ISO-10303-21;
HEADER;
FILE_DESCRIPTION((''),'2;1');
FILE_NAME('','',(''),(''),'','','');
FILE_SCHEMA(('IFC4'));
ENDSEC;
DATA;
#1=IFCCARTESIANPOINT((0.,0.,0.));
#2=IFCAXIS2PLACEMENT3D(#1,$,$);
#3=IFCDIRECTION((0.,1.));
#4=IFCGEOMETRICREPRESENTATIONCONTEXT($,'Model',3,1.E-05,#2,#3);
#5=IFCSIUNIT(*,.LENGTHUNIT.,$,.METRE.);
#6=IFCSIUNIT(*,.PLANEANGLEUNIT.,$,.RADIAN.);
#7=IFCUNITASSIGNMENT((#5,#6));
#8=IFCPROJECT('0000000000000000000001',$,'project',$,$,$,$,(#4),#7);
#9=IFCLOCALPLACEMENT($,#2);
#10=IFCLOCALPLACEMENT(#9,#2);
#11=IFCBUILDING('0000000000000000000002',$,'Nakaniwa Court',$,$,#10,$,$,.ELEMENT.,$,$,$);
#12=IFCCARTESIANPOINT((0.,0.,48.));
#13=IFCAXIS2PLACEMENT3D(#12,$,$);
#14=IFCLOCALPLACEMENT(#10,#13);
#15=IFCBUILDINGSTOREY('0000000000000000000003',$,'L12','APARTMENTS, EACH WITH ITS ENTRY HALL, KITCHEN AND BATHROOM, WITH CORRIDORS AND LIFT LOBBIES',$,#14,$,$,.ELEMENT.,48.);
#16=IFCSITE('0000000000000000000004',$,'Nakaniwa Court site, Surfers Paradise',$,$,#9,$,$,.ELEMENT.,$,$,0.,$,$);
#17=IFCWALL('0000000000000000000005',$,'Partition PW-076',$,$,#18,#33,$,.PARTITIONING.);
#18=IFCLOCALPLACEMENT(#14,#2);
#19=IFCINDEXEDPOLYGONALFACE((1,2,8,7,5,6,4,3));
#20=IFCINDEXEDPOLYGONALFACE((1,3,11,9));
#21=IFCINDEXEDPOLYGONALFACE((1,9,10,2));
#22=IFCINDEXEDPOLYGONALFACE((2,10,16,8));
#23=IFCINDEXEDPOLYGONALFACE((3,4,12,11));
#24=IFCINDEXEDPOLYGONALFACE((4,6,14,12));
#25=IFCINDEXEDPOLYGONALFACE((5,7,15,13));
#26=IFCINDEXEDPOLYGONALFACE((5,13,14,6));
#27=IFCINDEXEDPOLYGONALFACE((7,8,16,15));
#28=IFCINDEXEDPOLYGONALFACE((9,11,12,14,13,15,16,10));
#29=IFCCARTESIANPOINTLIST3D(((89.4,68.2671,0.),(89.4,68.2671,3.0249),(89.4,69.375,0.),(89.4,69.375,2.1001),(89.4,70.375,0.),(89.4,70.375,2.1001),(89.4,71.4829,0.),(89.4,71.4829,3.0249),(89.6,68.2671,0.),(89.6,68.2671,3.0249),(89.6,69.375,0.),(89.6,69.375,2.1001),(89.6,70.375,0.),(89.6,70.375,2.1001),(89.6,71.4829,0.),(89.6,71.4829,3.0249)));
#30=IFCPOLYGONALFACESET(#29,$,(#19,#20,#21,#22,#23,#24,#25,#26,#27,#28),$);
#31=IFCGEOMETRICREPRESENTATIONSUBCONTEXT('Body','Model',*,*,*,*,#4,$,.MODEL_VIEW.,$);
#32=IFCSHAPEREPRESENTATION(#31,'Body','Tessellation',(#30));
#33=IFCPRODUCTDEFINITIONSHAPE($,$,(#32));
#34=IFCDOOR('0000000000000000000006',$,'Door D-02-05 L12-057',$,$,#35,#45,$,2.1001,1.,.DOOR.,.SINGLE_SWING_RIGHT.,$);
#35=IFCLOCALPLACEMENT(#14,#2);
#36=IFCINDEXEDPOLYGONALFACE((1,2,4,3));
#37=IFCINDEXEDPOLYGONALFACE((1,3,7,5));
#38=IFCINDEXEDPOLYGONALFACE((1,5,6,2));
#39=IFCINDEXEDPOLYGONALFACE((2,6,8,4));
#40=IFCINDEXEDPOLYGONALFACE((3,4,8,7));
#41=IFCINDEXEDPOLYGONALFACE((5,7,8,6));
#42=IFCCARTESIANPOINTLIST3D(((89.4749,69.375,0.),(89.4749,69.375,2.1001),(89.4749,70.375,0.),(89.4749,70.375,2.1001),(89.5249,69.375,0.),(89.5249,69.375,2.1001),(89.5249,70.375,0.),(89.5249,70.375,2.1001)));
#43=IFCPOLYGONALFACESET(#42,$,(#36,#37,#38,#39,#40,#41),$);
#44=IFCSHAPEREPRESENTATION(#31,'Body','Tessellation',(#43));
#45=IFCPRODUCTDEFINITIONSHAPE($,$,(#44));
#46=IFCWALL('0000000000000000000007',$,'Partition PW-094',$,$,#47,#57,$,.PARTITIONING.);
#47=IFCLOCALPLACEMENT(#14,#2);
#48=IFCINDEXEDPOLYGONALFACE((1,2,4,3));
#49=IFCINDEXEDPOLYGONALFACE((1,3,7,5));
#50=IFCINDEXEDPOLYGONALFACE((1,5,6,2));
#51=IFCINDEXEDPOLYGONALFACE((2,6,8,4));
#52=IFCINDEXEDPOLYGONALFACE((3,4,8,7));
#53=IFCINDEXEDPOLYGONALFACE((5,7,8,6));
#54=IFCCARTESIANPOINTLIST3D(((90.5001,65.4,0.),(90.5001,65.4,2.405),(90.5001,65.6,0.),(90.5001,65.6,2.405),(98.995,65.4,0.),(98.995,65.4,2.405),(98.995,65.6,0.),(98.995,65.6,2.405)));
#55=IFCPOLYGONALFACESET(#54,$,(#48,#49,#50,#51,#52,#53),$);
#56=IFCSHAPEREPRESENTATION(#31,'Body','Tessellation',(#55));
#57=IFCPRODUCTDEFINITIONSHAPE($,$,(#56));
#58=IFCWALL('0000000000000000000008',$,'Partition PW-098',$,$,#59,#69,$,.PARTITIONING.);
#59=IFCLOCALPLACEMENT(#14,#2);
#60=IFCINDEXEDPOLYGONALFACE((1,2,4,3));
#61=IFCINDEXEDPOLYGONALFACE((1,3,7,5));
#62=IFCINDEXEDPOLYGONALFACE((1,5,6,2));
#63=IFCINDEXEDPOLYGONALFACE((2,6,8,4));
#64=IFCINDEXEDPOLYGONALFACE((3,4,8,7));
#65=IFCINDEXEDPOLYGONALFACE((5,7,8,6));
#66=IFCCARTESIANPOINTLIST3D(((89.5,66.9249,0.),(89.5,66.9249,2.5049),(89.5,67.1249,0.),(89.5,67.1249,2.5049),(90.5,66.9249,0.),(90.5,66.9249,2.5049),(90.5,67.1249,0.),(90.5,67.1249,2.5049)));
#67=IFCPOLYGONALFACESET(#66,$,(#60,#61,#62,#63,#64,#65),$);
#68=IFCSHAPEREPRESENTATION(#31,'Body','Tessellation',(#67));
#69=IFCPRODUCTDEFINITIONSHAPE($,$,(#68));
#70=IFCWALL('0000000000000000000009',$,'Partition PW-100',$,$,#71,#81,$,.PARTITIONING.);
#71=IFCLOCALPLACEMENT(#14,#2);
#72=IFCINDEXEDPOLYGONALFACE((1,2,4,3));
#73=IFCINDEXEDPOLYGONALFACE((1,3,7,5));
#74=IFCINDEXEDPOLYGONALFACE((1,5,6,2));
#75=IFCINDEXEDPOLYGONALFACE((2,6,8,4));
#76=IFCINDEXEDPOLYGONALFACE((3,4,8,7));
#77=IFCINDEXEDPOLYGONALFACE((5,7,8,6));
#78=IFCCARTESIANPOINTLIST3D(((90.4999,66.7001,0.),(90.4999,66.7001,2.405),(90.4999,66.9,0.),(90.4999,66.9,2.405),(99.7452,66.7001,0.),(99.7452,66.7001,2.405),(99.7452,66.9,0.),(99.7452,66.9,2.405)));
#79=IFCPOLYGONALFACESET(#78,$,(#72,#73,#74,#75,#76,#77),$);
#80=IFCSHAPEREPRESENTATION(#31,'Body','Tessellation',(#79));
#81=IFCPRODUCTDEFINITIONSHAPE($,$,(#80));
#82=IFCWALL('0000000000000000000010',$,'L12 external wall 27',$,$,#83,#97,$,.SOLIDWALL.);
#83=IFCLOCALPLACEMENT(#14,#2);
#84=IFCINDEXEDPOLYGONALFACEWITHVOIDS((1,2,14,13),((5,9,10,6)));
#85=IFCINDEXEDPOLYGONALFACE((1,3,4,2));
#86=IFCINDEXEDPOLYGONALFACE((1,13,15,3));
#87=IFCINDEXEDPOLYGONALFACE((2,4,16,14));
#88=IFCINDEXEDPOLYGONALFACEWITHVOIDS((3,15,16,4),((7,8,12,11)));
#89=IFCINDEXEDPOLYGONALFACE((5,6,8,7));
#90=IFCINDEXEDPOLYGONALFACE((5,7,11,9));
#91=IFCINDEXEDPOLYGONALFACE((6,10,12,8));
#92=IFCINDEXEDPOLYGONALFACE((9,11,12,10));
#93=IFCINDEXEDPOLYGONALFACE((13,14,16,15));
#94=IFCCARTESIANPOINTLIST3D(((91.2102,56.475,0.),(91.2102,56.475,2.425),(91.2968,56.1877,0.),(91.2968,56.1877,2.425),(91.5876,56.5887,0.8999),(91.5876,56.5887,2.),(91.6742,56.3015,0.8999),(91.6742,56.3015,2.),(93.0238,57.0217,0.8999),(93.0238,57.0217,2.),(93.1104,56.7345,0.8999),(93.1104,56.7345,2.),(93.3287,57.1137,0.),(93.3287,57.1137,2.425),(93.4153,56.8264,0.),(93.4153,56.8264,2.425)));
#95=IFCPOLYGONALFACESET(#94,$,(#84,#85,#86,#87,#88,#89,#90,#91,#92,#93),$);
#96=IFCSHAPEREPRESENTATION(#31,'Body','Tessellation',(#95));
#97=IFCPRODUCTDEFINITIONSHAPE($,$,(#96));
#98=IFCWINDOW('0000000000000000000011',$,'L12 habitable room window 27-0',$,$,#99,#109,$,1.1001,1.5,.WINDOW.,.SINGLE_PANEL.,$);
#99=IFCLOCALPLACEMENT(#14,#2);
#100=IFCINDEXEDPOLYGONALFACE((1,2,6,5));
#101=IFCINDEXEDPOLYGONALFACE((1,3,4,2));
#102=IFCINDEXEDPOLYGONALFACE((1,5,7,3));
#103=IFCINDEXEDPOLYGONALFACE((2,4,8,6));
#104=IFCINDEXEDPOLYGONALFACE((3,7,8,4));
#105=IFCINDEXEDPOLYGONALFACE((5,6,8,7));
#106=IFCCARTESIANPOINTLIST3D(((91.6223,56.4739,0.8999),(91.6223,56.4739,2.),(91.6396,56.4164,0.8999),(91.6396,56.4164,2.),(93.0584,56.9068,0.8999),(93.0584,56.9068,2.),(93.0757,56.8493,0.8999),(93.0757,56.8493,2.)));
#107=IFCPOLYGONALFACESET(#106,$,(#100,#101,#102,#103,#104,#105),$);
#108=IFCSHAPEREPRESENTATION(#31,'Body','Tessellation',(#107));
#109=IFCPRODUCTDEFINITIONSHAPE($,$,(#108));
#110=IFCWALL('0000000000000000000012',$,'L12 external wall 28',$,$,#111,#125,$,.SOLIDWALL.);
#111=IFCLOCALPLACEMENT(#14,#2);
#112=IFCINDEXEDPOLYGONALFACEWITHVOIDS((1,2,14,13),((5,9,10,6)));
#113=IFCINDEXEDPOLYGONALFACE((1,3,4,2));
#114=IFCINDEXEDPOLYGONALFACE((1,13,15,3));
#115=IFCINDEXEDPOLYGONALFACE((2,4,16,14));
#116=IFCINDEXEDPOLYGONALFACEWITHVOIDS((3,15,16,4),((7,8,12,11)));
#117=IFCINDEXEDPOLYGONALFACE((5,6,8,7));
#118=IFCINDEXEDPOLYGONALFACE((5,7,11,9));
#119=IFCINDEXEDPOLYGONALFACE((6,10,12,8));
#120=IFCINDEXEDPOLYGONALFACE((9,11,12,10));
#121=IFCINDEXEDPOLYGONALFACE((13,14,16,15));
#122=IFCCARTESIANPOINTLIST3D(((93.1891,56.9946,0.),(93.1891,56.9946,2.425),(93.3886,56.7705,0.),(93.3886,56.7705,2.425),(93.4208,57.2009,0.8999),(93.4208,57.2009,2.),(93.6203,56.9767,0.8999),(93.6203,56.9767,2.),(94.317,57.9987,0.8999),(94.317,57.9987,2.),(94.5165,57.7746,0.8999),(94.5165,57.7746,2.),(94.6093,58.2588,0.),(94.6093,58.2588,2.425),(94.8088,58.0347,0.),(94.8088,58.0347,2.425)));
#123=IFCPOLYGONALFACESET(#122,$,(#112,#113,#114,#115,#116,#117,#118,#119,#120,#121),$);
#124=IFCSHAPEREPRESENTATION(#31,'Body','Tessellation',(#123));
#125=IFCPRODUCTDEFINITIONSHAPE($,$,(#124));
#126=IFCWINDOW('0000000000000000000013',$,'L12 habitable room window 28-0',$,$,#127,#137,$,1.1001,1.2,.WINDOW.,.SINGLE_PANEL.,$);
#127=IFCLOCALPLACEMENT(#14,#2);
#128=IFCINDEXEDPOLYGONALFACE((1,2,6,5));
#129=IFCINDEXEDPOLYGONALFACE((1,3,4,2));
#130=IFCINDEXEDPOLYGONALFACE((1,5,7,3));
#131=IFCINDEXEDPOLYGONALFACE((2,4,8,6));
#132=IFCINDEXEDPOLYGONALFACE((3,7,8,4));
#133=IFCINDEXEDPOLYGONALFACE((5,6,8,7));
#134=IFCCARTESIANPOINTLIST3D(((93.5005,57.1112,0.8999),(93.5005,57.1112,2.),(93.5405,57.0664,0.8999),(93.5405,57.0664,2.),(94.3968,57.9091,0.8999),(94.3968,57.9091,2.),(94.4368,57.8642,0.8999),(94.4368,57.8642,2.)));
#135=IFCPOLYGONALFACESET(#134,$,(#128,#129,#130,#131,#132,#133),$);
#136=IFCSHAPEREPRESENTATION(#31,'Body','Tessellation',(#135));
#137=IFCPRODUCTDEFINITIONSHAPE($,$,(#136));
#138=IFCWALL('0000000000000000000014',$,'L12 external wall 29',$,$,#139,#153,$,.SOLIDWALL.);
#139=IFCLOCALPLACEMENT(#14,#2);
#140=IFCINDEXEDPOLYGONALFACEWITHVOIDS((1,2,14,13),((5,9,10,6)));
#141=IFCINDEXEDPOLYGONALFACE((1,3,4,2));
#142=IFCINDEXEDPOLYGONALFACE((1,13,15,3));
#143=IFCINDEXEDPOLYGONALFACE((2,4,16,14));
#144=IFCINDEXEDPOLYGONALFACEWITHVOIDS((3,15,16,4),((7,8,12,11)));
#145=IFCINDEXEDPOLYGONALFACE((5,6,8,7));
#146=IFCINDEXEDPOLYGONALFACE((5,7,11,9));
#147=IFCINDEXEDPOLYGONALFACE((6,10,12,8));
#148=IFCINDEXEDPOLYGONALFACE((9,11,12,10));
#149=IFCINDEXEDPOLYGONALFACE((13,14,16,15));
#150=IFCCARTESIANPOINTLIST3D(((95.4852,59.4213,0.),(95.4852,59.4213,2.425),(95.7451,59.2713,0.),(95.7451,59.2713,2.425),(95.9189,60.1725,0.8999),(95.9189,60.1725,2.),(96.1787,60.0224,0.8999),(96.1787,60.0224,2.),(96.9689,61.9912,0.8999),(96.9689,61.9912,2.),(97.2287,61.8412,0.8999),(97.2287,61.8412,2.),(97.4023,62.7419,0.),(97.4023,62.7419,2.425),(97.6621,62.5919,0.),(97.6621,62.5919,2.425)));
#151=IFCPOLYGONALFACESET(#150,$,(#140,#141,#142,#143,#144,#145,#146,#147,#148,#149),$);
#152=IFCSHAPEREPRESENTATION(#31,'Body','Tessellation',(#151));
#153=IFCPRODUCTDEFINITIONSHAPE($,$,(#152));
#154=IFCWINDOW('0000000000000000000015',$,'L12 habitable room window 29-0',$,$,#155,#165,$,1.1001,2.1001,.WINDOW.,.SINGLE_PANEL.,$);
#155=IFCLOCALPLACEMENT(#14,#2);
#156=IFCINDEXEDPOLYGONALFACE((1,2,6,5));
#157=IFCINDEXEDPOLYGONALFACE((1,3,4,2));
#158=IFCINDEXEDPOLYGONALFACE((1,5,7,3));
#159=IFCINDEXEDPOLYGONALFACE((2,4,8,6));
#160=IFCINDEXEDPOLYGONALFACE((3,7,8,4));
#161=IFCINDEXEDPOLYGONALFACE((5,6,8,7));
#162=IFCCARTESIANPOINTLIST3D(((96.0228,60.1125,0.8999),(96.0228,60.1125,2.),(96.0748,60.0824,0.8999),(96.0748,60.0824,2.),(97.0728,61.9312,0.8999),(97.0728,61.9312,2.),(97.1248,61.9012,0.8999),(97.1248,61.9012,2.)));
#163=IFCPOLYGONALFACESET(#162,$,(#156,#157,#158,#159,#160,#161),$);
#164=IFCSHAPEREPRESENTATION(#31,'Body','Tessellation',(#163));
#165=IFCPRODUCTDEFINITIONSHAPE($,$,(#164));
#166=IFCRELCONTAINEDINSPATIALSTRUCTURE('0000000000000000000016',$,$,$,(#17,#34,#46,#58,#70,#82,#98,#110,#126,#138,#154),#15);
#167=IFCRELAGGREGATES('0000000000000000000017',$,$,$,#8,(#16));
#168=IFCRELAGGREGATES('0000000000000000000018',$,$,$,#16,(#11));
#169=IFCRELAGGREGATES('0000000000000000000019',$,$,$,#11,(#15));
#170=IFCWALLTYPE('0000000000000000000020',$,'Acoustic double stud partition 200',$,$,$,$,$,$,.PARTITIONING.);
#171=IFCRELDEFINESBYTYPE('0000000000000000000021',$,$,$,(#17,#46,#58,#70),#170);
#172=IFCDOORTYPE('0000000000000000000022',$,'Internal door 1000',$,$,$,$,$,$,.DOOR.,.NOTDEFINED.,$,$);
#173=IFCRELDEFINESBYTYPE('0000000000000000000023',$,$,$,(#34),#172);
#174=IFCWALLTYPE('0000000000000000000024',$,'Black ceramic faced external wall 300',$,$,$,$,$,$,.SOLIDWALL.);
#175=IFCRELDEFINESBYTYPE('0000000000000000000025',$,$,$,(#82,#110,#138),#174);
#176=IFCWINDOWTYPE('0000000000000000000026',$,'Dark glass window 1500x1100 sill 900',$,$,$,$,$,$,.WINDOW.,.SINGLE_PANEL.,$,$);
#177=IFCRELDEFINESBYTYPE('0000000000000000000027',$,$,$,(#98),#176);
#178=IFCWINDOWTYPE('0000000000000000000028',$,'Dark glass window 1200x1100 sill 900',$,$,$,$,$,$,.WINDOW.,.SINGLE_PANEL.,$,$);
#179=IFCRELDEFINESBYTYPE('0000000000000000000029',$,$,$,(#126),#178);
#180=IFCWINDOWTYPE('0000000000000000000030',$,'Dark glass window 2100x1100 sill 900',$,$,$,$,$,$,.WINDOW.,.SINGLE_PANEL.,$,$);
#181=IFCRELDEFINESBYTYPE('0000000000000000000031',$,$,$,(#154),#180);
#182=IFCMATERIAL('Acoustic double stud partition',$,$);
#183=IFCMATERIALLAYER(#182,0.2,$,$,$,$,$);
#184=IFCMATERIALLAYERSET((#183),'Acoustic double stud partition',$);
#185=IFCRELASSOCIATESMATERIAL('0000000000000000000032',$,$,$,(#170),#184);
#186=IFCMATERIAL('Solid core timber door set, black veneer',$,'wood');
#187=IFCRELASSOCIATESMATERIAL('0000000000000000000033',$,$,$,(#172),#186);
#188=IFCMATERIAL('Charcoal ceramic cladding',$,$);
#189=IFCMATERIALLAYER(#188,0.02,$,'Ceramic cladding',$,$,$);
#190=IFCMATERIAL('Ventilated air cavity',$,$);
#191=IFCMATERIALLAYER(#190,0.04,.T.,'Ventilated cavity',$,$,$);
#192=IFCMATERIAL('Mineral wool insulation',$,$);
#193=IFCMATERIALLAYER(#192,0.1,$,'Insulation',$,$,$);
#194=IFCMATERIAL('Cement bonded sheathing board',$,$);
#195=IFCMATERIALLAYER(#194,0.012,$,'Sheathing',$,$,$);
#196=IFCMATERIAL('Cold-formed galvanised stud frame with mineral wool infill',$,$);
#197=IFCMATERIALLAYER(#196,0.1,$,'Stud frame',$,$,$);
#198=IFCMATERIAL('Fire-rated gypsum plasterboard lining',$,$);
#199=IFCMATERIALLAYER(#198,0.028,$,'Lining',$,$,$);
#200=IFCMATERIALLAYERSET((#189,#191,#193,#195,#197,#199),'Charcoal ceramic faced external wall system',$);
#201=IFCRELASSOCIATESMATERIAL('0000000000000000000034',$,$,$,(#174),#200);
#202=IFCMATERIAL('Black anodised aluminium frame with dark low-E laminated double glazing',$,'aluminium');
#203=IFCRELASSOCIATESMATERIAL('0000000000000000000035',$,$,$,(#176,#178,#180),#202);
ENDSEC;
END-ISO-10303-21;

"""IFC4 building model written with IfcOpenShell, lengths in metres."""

from ifc_helpers import new_model, si_unit, direction, frame, frame_2d, origin, place, context, subcontext, project, spatial, rectangle, extrude, material, layer, layer_set, type_object, element, fill, save


model = new_model("IFC4")

# Units and contexts
model_context = context("Model", 3, precision=1e-05, world=origin(), true_north=direction((0.0, 1.0)))
body_context = subcontext(model_context, "Body", "Model", "MODEL_VIEW")
ifc_project = project(units=[si_unit("LENGTHUNIT", "METRE"), si_unit("PLANEANGLEUNIT", "RADIAN")], contexts=[model_context])

# Site, building, storey
site_placement = place(None, origin())
site = spatial("IfcSite", under=ifc_project, at=site_placement, Name="Nakaniwa Court site, Surfers Paradise", CompositionType="ELEMENT", RefElevation=0.0)
building_placement = place(site_placement, origin())
building = spatial("IfcBuilding", under=site, at=building_placement, Name="Nakaniwa Court", CompositionType="ELEMENT")
storey_placement = place(building_placement, frame((0.0, 0.0, 48.0)))
storey = spatial("IfcBuildingStorey", under=building, at=storey_placement, Name="L12", Description="APARTMENTS, EACH WITH ITS ENTRY HALL, KITCHEN AND BATHROOM, WITH CORRIDORS AND LIFT LOBBIES", CompositionType="ELEMENT", Elevation=48.0)

# Wall, opening, door
ifc_material_1 = material(Name="Acoustic double stud partition")
ifc_layer_1 = layer(ifc_material_1, 0.2)
ifc_layer_set_1 = layer_set([ifc_layer_1], Name="Acoustic double stud partition")
wall_type_1 = type_object("IfcWallType", Name="Acoustic double stud partition 200", PredefinedType="PARTITIONING", material=ifc_layer_set_1)
wall_1_placement = place(storey_placement, frame((89.5, 71.4829, 0.0), z_axis=(0.0, 0.0, 1.0), x_axis=(0.0, -1.0, 0.0)))
wall_1 = element("IfcWall", 1, at=wall_1_placement, inside=storey, type_object=wall_type_1, Name="Partition PW-076", PredefinedType="PARTITIONING", context=body_context, shape_type="SweptSolid", body=[
    extrude(rectangle(XDim=3.2158, YDim=0.2, at=frame_2d((1.6079, 0.0))), origin(), (0.0, 0.0, 1.0), 3.0249),
])
opening_1_placement = place(wall_1_placement, frame((1.1079, 0.0, 0.0)))
opening_1 = element("IfcOpeningElement", 2, at=opening_1_placement, cuts=wall_1, PredefinedType="OPENING", context=body_context, shape_type="SweptSolid", body=[
    extrude(rectangle(XDim=1.0, YDim=2.1001, at=frame_2d((0.5, 1.05))), frame((0.0, 0.1099, 0.0), z_axis=(0.0, -1.0, 0.0), x_axis=(1.0, 0.0, 0.0)), (0.0, 0.0, 1.0), 0.22),
])
ifc_material_2 = material(Name="Solid core timber door set, black veneer", Category="wood")
door_type = type_object("IfcDoorType", Name="Internal door 1000", OperationType="NOTDEFINED", PredefinedType="DOOR", material=ifc_material_2)
door_placement = place(opening_1_placement, origin())
door = element("IfcDoor", 3, at=door_placement, inside=storey, type_object=door_type, Name="Door D-02-05 L12-057", OperationType="SINGLE_SWING_RIGHT", OverallHeight=2.1001, OverallWidth=1.0, PredefinedType="DOOR", context=body_context, shape_type="SweptSolid", body=[
    extrude(rectangle(XDim=1.0, YDim=2.1001, at=frame_2d((0.5, 1.05))), frame((0.0, 0.0249, 0.0), z_axis=(0.0, -1.0, 0.0), x_axis=(1.0, 0.0, 0.0)), (0.0, 0.0, 1.0), 0.05),
])
fill(opening_1, door)

# Walls
wall_2_placement = place(storey_placement, frame((90.5, 65.5, 0.0), z_axis=(0.0, 0.0, 1.0), x_axis=(1.0, 0.0, 0.0)))
element("IfcWall", 4, at=wall_2_placement, inside=storey, type_object=wall_type_1, Name="Partition PW-094", PredefinedType="PARTITIONING", context=body_context, shape_type="SweptSolid", body=[
    extrude(rectangle(XDim=8.4949, YDim=0.2, at=frame_2d((4.2476, 0.0))), origin(), (0.0, 0.0, 1.0), 2.405),
])
wall_3_placement = place(storey_placement, frame((89.5, 67.0249, 0.0), z_axis=(0.0, 0.0, 1.0), x_axis=(1.0, 0.0, 0.0)))
element("IfcWall", 5, at=wall_3_placement, inside=storey, type_object=wall_type_1, Name="Partition PW-098", PredefinedType="PARTITIONING", context=body_context, shape_type="SweptSolid", body=[
    extrude(rectangle(XDim=1.0, YDim=0.2, at=frame_2d((0.5, 0.0))), origin(), (0.0, 0.0, 1.0), 2.5049),
])
wall_4_placement = place(storey_placement, frame((90.5, 66.8, 0.0), z_axis=(0.0, 0.0, 1.0), x_axis=(1.0, 0.0, 0.0)))
element("IfcWall", 6, at=wall_4_placement, inside=storey, type_object=wall_type_1, Name="Partition PW-100", PredefinedType="PARTITIONING", context=body_context, shape_type="SweptSolid", body=[
    extrude(rectangle(XDim=9.2454, YDim=0.2, at=frame_2d((4.6226, 0.0))), origin(), (0.0, 0.0, 1.0), 2.405),
])

# Walls, openings, windows
ifc_material_3 = material(Name="Charcoal ceramic cladding")
ifc_layer_2 = layer(ifc_material_3, 0.02, Name="Ceramic cladding")
ifc_material_4 = material(Name="Ventilated air cavity")
ifc_layer_3 = layer(ifc_material_4, 0.04, ventilated=True, Name="Ventilated cavity")
ifc_material_5 = material(Name="Mineral wool insulation")
ifc_layer_4 = layer(ifc_material_5, 0.1, Name="Insulation")
ifc_material_6 = material(Name="Cement bonded sheathing board")
ifc_layer_5 = layer(ifc_material_6, 0.012, Name="Sheathing")
ifc_material_7 = material(Name="Cold-formed galvanised stud frame with mineral wool infill")
ifc_layer_6 = layer(ifc_material_7, 0.1, Name="Stud frame")
ifc_material_8 = material(Name="Fire-rated gypsum plasterboard lining")
ifc_layer_7 = layer(ifc_material_8, 0.028, Name="Lining")
ifc_layer_set_2 = layer_set([ifc_layer_2, ifc_layer_3, ifc_layer_4, ifc_layer_5, ifc_layer_6, ifc_layer_7], Name="Charcoal ceramic faced external wall system")
wall_type_2 = type_object("IfcWallType", Name="Black ceramic faced external wall 300", PredefinedType="SOLIDWALL", material=ifc_layer_set_2)
wall_5_placement = place(storey_placement, frame((91.2534, 56.3313, 0.0), z_axis=(0.0, 0.0, 1.0), x_axis=(0.957434, 0.288653, 0.0)))
wall_5 = element("IfcWall", 7, at=wall_5_placement, inside=storey, type_object=wall_type_2, Name="L12 external wall 27", PredefinedType="SOLIDWALL", context=body_context, shape_type="SweptSolid", body=[
    extrude(rectangle(XDim=2.2126, YDim=0.3, at=frame_2d((1.1064, 0.0))), origin(), (0.0, 0.0, 1.0), 2.425),
])
opening_2_placement = place(wall_5_placement, frame((0.3943, 0.0, 0.8999)))
opening_2 = element("IfcOpeningElement", 8, at=opening_2_placement, cuts=wall_5, PredefinedType="OPENING", context=body_context, shape_type="SweptSolid", body=[
    extrude(rectangle(XDim=1.5, YDim=1.1001, at=frame_2d((0.75, 0.55))), frame((0.0, 0.1599, 0.0), z_axis=(0.0, -1.0, 0.0), x_axis=(1.0, 0.0, 0.0)), (0.0, 0.0, 1.0), 0.3201),
])
ifc_material_9 = material(Name="Black anodised aluminium frame with dark low-E laminated double glazing", Category="aluminium")
window_type_1 = type_object("IfcWindowType", Name="Dark glass window 1500x1100 sill 900", PartitioningType="SINGLE_PANEL", PredefinedType="WINDOW", material=ifc_material_9)
window_1_placement = place(opening_2_placement, origin())
window_1 = element("IfcWindow", 9, at=window_1_placement, inside=storey, type_object=window_type_1, Name="L12 habitable room window 27-0", OverallHeight=1.1001, OverallWidth=1.5, PartitioningType="SINGLE_PANEL", PredefinedType="WINDOW", context=body_context, shape_type="SweptSolid", body=[
    extrude(rectangle(XDim=1.5, YDim=1.1001, at=frame_2d((0.75, 0.55))), frame((0.0, 0.03, 0.0), z_axis=(0.0, -1.0, 0.0), x_axis=(1.0, 0.0, 0.0)), (0.0, 0.0, 1.0), 0.0601),
])
fill(opening_2, window_1)
wall_6_placement = place(storey_placement, frame((93.2888, 56.8826, 0.0), z_axis=(0.0, 0.0, 1.0), x_axis=(0.746942, 0.66489, 0.0)))
wall_6 = element("IfcWall", 10, at=wall_6_placement, inside=storey, type_object=wall_type_2, Name="L12 external wall 28", PredefinedType="SOLIDWALL", context=body_context, shape_type="SweptSolid", body=[
    extrude(rectangle(XDim=1.9014, YDim=0.3, at=frame_2d((0.9507, 0.0))), origin(), (0.0, 0.0, 1.0), 2.425),
])
opening_3_placement = place(wall_6_placement, frame((0.3101, 0.0, 0.8999)))
opening_3 = element("IfcOpeningElement", 11, at=opening_3_placement, cuts=wall_6, PredefinedType="OPENING", context=body_context, shape_type="SweptSolid", body=[
    extrude(rectangle(XDim=1.2, YDim=1.1001, at=frame_2d((0.6001, 0.55))), frame((0.0, 0.1599, 0.0), z_axis=(0.0, -1.0, 0.0), x_axis=(1.0, 0.0, 0.0)), (0.0, 0.0, 1.0), 0.3201),
])
window_type_2 = type_object("IfcWindowType", Name="Dark glass window 1200x1100 sill 900", PartitioningType="SINGLE_PANEL", PredefinedType="WINDOW", material=ifc_material_9)
window_2_placement = place(opening_3_placement, origin())
window_2 = element("IfcWindow", 12, at=window_2_placement, inside=storey, type_object=window_type_2, Name="L12 habitable room window 28-0", OverallHeight=1.1001, OverallWidth=1.2, PartitioningType="SINGLE_PANEL", PredefinedType="WINDOW", context=body_context, shape_type="SweptSolid", body=[
    extrude(rectangle(XDim=1.2, YDim=1.1001, at=frame_2d((0.6001, 0.55))), frame((0.0, 0.03, 0.0), z_axis=(0.0, -1.0, 0.0), x_axis=(1.0, 0.0, 0.0)), (0.0, 0.0, 1.0), 0.0601),
])
fill(opening_3, window_2)
wall_7_placement = place(storey_placement, frame((95.6152, 59.3464, 0.0), z_axis=(0.0, 0.0, 1.0), x_axis=(0.499974, 0.86604, 0.0)))
wall_7 = element("IfcWall", 13, at=wall_7_placement, inside=storey, type_object=wall_type_2, Name="L12 external wall 29", PredefinedType="SOLIDWALL", context=body_context, shape_type="SweptSolid", body=[
    extrude(rectangle(XDim=3.8342, YDim=0.3, at=frame_2d((1.917, 0.0))), origin(), (0.0, 0.0, 1.0), 2.425),
])
opening_4_placement = place(wall_7_placement, frame((0.8672, 0.0, 0.8999)))
opening_4 = element("IfcOpeningElement", 14, at=opening_4_placement, cuts=wall_7, PredefinedType="OPENING", context=body_context, shape_type="SweptSolid", body=[
    extrude(rectangle(XDim=2.1001, YDim=1.1001, at=frame_2d((1.05, 0.55))), frame((0.0, 0.1599, 0.0), z_axis=(0.0, -1.0, 0.0), x_axis=(1.0, 0.0, 0.0)), (0.0, 0.0, 1.0), 0.3201),
])
window_type_3 = type_object("IfcWindowType", Name="Dark glass window 2100x1100 sill 900", PartitioningType="SINGLE_PANEL", PredefinedType="WINDOW", material=ifc_material_9)
window_3_placement = place(opening_4_placement, origin())
window_3 = element("IfcWindow", 15, at=window_3_placement, inside=storey, type_object=window_type_3, Name="L12 habitable room window 29-0", OverallHeight=1.1001, OverallWidth=2.1001, PartitioningType="SINGLE_PANEL", PredefinedType="WINDOW", context=body_context, shape_type="SweptSolid", body=[
    extrude(rectangle(XDim=2.1001, YDim=1.1001, at=frame_2d((1.05, 0.55))), frame((0.0, 0.03, 0.0), z_axis=(0.0, -1.0, 0.0), x_axis=(1.0, 0.0, 0.0)), (0.0, 0.0, 1.0), 0.0601),
])
fill(opening_4, window_3)

save(model, "model.ifc")
